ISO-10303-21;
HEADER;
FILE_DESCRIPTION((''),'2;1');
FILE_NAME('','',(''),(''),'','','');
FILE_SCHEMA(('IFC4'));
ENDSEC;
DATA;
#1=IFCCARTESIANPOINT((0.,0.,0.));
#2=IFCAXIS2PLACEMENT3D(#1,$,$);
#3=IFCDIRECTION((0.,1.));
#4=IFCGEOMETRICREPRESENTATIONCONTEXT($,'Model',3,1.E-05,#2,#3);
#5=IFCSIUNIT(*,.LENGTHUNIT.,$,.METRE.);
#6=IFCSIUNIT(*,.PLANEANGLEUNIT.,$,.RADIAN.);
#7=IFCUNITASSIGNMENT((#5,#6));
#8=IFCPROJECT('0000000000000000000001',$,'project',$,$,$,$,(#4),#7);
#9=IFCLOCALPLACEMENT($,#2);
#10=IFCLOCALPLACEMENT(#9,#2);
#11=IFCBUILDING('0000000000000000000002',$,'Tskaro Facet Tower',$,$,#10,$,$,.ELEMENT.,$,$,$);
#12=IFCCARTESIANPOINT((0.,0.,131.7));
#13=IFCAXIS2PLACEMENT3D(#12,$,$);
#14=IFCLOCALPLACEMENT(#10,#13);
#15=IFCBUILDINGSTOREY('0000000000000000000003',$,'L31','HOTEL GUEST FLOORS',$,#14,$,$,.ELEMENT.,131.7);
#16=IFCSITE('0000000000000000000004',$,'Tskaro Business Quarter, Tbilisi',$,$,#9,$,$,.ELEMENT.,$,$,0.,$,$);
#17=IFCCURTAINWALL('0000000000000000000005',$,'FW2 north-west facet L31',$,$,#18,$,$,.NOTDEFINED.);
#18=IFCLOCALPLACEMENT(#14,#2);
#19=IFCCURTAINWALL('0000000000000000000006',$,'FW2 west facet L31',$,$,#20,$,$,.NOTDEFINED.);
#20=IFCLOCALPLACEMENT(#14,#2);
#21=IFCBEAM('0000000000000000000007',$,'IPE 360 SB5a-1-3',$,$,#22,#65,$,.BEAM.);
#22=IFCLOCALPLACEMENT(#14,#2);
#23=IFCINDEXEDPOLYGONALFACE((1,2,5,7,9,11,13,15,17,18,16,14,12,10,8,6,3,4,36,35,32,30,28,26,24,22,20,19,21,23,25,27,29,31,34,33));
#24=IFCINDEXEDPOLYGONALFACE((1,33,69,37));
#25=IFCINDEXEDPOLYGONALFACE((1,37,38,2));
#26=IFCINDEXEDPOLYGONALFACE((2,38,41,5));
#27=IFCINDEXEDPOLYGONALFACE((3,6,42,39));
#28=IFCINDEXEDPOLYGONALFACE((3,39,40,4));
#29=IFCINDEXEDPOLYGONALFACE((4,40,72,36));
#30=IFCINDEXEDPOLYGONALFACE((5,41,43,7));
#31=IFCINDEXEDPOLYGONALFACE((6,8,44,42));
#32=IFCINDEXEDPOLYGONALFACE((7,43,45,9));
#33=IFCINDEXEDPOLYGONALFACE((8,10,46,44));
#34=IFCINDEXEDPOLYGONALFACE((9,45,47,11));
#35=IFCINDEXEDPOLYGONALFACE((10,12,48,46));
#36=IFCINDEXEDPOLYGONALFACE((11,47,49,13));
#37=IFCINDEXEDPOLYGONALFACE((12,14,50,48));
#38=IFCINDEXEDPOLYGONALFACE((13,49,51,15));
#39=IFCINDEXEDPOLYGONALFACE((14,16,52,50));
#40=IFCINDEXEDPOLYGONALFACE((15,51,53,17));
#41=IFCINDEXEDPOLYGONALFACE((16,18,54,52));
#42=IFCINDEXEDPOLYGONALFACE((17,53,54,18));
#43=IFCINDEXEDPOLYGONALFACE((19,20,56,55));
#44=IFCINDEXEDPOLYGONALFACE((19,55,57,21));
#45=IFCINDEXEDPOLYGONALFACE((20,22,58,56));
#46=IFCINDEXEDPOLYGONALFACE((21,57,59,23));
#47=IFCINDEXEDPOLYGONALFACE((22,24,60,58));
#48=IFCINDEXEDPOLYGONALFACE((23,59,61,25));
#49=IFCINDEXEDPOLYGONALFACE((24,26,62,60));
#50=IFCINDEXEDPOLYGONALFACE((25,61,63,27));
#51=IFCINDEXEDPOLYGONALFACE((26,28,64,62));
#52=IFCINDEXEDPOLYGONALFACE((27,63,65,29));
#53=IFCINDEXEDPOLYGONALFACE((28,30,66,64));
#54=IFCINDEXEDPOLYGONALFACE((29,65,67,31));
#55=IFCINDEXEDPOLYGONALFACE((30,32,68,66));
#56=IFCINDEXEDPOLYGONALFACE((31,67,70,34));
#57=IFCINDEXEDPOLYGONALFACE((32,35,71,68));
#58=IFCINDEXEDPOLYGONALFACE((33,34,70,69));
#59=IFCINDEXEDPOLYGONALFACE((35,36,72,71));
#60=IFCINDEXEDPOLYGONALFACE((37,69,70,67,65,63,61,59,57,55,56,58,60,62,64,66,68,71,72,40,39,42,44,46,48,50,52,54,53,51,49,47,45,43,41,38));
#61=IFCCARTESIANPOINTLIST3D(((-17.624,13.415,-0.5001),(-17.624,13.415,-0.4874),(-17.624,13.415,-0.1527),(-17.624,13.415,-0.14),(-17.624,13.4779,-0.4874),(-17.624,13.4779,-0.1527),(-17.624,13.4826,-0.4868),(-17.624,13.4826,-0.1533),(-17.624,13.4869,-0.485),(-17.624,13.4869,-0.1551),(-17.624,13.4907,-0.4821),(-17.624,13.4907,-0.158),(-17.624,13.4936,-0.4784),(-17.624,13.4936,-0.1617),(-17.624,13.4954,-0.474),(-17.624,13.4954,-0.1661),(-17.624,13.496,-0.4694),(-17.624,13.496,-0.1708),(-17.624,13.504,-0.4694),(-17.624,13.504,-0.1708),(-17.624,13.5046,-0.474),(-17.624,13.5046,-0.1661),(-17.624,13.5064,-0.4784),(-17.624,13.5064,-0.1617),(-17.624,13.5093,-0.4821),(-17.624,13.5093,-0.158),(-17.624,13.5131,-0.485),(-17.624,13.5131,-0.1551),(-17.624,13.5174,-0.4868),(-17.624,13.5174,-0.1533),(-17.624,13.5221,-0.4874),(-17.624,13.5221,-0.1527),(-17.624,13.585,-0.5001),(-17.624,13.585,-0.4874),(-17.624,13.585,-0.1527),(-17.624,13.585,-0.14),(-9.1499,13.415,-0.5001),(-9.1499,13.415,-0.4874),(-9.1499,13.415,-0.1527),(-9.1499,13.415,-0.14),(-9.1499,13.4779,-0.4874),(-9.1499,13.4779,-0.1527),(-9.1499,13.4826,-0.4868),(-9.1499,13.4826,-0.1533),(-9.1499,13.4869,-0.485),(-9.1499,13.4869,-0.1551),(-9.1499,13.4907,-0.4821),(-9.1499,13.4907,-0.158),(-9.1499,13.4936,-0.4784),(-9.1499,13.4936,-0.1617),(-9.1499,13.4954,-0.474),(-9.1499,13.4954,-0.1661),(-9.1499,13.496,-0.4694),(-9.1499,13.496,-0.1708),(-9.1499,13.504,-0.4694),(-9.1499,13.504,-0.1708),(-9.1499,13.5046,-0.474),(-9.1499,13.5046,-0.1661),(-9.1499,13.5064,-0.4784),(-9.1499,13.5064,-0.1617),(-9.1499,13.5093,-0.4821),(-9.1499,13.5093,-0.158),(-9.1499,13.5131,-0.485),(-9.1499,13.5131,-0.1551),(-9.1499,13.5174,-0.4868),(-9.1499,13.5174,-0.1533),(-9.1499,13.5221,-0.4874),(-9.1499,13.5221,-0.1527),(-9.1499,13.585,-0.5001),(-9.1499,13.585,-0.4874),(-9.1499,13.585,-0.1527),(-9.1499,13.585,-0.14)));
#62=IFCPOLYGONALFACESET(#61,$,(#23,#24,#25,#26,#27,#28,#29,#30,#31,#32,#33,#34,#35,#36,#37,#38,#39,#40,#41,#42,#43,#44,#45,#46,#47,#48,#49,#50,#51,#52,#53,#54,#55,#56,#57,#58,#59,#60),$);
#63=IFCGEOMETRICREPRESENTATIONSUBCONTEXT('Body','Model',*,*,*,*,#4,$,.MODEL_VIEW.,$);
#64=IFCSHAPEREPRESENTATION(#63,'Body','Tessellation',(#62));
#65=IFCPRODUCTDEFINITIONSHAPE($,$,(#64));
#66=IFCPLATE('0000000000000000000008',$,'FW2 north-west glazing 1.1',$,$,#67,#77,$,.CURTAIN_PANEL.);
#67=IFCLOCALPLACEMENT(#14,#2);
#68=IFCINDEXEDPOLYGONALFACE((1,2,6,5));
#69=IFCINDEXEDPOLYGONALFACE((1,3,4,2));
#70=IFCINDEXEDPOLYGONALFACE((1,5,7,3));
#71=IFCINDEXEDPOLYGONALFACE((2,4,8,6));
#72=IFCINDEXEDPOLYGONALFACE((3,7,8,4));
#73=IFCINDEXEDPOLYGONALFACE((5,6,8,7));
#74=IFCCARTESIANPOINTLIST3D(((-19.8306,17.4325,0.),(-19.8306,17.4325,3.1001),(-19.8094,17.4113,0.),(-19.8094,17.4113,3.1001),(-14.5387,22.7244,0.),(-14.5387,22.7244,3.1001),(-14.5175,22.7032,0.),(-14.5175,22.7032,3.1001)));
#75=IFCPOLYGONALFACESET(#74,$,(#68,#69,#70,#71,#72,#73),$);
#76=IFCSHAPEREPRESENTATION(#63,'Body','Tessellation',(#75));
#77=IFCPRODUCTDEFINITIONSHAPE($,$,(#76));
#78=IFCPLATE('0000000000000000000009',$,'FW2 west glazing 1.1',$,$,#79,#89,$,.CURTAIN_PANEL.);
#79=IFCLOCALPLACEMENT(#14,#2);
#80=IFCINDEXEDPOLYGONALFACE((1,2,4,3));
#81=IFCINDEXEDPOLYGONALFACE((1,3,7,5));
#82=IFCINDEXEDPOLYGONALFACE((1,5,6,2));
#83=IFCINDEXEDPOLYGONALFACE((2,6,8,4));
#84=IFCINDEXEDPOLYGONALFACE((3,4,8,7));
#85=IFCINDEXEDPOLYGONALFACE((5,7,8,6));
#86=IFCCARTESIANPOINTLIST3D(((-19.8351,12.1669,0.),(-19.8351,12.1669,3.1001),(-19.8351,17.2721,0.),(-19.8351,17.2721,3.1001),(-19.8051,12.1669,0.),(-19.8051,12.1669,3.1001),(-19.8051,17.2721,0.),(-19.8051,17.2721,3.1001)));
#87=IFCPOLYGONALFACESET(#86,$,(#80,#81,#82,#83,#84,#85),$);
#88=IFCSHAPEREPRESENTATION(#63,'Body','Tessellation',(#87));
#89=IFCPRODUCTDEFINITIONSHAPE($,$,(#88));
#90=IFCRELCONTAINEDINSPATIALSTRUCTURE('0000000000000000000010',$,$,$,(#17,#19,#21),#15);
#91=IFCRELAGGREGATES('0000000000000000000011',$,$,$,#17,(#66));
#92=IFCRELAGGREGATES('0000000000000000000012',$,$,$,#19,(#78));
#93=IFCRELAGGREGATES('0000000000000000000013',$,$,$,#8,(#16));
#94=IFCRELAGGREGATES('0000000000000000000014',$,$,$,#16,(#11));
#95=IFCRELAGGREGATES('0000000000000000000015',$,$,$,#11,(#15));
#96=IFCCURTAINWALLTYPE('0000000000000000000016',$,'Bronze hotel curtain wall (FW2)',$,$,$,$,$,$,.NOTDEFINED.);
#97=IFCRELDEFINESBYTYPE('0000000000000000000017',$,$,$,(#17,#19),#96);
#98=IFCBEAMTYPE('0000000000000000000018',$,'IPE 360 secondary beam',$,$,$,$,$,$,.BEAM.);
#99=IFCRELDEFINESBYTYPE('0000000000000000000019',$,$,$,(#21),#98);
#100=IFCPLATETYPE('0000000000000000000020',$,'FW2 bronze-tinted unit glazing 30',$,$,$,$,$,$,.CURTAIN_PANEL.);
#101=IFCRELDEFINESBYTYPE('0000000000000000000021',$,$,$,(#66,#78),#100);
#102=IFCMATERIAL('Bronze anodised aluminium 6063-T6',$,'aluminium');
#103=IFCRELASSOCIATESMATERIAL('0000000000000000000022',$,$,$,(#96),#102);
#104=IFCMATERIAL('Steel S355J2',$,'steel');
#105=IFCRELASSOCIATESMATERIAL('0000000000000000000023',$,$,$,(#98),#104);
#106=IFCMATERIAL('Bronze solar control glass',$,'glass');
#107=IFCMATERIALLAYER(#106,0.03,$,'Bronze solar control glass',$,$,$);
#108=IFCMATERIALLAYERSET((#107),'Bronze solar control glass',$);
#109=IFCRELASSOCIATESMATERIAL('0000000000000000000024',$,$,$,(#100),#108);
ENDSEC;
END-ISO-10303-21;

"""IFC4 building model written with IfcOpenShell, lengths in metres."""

from ifc_helpers import new_model, si_unit, direction, frame, origin, origin_2d, place, context, subcontext, project, spatial, rectangle, i_section, extrude, material, layer, layer_set, material_profile, profile_set, type_object, element, aggregate, save


model = new_model("IFC4")

# Units and contexts
model_context = context("Model", 3, precision=1e-05, world=origin(), true_north=direction((0.0, 1.0)))
body_context = subcontext(model_context, "Body", "Model", "MODEL_VIEW")
ifc_project = project(units=[si_unit("LENGTHUNIT", "METRE"), si_unit("PLANEANGLEUNIT", "RADIAN")], contexts=[model_context])

# Site, building, storey
site_placement = place(None, origin())
site = spatial("IfcSite", under=ifc_project, at=site_placement, Name="Tskaro Business Quarter, Tbilisi", CompositionType="ELEMENT", RefElevation=0.0)
building_placement = place(site_placement, origin())
building = spatial("IfcBuilding", under=site, at=building_placement, Name="Tskaro Facet Tower", CompositionType="ELEMENT")
storey_placement = place(building_placement, frame((0.0, 0.0, 131.7)))
storey = spatial("IfcBuildingStorey", under=building, at=storey_placement, Name="L31", Description="HOTEL GUEST FLOORS", CompositionType="ELEMENT", Elevation=131.7)

# Curtain wall
ifc_material_1 = material(Name="Bronze anodised aluminium 6063-T6", Category="aluminium")
curtain_wall_type = type_object("IfcCurtainWallType", Name="Bronze hotel curtain wall (FW2)", PredefinedType="NOTDEFINED", material=ifc_material_1)
curtain_wall_1_placement = place(storey_placement, origin())
curtain_wall_1 = element("IfcCurtainWall", 1, at=curtain_wall_1_placement, inside=storey, type_object=curtain_wall_type, Name="FW2 north-west facet L31", PredefinedType="NOTDEFINED")

# Curtain wall
curtain_wall_2_placement = place(storey_placement, origin())
curtain_wall_2 = element("IfcCurtainWall", 2, at=curtain_wall_2_placement, inside=storey, type_object=curtain_wall_type, Name="FW2 west facet L31", PredefinedType="NOTDEFINED")

# Beam
ifc_material_2 = material(Name="Steel S355J2", Category="steel")
ifc_material_profile_1 = material_profile(ifc_material_2, i_section(OverallWidth=0.1699, OverallDepth=0.3601, WebThickness=0.0081, FlangeThickness=0.0127, FilletRadius=0.0181, at=origin_2d()), Name="IPE 360")
ifc_profile_set_1 = profile_set([ifc_material_profile_1], Name="Steel S355J2")
beam_type_1 = type_object("IfcBeamType", Name="IPE 360 secondary beam", PredefinedType="BEAM", material=ifc_profile_set_1)
beam_1_placement = place(storey_placement, frame((-17.624, 13.5, -0.3201), z_axis=(1.0, 0.0, 0.0), x_axis=(0.0, 1.0, 0.0)))
element("IfcBeam", 3, at=beam_1_placement, inside=storey, type_object=beam_type_1, Name="IPE 360 SB5a-1-3", PredefinedType="BEAM", context=body_context, shape_type="SweptSolid", body=[
    extrude(i_section(OverallWidth=0.1699, OverallDepth=0.3601, WebThickness=0.0081, FlangeThickness=0.0127, FilletRadius=0.0181, at=origin_2d()), origin(), (0.0, 0.0, 1.0), 8.4741),
])

# Plates
ifc_material_3 = material(Name="Bronze solar control glass", Category="glass")
ifc_layer_1 = layer(ifc_material_3, 0.03, Name="Bronze solar control glass")
ifc_layer_set_1 = layer_set([ifc_layer_1], Name="Bronze solar control glass")
plate_type = type_object("IfcPlateType", Name="FW2 bronze-tinted unit glazing 30", PredefinedType="CURTAIN_PANEL", material=ifc_layer_set_1)
plate_1_placement = place(storey_placement, frame((-17.1741, 20.0679, 0.0), z_axis=(0.0, 0.0, 1.0), x_axis=(-0.707107, -0.707107, 0.0)))
plate_1 = element("IfcPlate", 4, at=plate_1_placement, type_object=plate_type, Name="FW2 north-west glazing 1.1", PredefinedType="CURTAIN_PANEL", context=body_context, shape_type="SweptSolid", body=[
    extrude(rectangle(XDim=7.4839, YDim=0.03, at=origin_2d()), origin(), (0.0, 0.0, 1.0), 3.1001),
])
aggregate(curtain_wall_1, [plate_1])
plate_2_placement = place(storey_placement, frame((-19.8201, 14.7195, 0.0), z_axis=(0.0, 0.0, 1.0), x_axis=(0.0, -1.0, 0.0)))
plate_2 = element("IfcPlate", 5, at=plate_2_placement, type_object=plate_type, Name="FW2 west glazing 1.1", PredefinedType="CURTAIN_PANEL", context=body_context, shape_type="SweptSolid", body=[
    extrude(rectangle(XDim=5.1052, YDim=0.03, at=origin_2d()), origin(), (0.0, 0.0, 1.0), 3.1001),
])
aggregate(curtain_wall_2, [plate_2])

save(model, "model.ifc")
